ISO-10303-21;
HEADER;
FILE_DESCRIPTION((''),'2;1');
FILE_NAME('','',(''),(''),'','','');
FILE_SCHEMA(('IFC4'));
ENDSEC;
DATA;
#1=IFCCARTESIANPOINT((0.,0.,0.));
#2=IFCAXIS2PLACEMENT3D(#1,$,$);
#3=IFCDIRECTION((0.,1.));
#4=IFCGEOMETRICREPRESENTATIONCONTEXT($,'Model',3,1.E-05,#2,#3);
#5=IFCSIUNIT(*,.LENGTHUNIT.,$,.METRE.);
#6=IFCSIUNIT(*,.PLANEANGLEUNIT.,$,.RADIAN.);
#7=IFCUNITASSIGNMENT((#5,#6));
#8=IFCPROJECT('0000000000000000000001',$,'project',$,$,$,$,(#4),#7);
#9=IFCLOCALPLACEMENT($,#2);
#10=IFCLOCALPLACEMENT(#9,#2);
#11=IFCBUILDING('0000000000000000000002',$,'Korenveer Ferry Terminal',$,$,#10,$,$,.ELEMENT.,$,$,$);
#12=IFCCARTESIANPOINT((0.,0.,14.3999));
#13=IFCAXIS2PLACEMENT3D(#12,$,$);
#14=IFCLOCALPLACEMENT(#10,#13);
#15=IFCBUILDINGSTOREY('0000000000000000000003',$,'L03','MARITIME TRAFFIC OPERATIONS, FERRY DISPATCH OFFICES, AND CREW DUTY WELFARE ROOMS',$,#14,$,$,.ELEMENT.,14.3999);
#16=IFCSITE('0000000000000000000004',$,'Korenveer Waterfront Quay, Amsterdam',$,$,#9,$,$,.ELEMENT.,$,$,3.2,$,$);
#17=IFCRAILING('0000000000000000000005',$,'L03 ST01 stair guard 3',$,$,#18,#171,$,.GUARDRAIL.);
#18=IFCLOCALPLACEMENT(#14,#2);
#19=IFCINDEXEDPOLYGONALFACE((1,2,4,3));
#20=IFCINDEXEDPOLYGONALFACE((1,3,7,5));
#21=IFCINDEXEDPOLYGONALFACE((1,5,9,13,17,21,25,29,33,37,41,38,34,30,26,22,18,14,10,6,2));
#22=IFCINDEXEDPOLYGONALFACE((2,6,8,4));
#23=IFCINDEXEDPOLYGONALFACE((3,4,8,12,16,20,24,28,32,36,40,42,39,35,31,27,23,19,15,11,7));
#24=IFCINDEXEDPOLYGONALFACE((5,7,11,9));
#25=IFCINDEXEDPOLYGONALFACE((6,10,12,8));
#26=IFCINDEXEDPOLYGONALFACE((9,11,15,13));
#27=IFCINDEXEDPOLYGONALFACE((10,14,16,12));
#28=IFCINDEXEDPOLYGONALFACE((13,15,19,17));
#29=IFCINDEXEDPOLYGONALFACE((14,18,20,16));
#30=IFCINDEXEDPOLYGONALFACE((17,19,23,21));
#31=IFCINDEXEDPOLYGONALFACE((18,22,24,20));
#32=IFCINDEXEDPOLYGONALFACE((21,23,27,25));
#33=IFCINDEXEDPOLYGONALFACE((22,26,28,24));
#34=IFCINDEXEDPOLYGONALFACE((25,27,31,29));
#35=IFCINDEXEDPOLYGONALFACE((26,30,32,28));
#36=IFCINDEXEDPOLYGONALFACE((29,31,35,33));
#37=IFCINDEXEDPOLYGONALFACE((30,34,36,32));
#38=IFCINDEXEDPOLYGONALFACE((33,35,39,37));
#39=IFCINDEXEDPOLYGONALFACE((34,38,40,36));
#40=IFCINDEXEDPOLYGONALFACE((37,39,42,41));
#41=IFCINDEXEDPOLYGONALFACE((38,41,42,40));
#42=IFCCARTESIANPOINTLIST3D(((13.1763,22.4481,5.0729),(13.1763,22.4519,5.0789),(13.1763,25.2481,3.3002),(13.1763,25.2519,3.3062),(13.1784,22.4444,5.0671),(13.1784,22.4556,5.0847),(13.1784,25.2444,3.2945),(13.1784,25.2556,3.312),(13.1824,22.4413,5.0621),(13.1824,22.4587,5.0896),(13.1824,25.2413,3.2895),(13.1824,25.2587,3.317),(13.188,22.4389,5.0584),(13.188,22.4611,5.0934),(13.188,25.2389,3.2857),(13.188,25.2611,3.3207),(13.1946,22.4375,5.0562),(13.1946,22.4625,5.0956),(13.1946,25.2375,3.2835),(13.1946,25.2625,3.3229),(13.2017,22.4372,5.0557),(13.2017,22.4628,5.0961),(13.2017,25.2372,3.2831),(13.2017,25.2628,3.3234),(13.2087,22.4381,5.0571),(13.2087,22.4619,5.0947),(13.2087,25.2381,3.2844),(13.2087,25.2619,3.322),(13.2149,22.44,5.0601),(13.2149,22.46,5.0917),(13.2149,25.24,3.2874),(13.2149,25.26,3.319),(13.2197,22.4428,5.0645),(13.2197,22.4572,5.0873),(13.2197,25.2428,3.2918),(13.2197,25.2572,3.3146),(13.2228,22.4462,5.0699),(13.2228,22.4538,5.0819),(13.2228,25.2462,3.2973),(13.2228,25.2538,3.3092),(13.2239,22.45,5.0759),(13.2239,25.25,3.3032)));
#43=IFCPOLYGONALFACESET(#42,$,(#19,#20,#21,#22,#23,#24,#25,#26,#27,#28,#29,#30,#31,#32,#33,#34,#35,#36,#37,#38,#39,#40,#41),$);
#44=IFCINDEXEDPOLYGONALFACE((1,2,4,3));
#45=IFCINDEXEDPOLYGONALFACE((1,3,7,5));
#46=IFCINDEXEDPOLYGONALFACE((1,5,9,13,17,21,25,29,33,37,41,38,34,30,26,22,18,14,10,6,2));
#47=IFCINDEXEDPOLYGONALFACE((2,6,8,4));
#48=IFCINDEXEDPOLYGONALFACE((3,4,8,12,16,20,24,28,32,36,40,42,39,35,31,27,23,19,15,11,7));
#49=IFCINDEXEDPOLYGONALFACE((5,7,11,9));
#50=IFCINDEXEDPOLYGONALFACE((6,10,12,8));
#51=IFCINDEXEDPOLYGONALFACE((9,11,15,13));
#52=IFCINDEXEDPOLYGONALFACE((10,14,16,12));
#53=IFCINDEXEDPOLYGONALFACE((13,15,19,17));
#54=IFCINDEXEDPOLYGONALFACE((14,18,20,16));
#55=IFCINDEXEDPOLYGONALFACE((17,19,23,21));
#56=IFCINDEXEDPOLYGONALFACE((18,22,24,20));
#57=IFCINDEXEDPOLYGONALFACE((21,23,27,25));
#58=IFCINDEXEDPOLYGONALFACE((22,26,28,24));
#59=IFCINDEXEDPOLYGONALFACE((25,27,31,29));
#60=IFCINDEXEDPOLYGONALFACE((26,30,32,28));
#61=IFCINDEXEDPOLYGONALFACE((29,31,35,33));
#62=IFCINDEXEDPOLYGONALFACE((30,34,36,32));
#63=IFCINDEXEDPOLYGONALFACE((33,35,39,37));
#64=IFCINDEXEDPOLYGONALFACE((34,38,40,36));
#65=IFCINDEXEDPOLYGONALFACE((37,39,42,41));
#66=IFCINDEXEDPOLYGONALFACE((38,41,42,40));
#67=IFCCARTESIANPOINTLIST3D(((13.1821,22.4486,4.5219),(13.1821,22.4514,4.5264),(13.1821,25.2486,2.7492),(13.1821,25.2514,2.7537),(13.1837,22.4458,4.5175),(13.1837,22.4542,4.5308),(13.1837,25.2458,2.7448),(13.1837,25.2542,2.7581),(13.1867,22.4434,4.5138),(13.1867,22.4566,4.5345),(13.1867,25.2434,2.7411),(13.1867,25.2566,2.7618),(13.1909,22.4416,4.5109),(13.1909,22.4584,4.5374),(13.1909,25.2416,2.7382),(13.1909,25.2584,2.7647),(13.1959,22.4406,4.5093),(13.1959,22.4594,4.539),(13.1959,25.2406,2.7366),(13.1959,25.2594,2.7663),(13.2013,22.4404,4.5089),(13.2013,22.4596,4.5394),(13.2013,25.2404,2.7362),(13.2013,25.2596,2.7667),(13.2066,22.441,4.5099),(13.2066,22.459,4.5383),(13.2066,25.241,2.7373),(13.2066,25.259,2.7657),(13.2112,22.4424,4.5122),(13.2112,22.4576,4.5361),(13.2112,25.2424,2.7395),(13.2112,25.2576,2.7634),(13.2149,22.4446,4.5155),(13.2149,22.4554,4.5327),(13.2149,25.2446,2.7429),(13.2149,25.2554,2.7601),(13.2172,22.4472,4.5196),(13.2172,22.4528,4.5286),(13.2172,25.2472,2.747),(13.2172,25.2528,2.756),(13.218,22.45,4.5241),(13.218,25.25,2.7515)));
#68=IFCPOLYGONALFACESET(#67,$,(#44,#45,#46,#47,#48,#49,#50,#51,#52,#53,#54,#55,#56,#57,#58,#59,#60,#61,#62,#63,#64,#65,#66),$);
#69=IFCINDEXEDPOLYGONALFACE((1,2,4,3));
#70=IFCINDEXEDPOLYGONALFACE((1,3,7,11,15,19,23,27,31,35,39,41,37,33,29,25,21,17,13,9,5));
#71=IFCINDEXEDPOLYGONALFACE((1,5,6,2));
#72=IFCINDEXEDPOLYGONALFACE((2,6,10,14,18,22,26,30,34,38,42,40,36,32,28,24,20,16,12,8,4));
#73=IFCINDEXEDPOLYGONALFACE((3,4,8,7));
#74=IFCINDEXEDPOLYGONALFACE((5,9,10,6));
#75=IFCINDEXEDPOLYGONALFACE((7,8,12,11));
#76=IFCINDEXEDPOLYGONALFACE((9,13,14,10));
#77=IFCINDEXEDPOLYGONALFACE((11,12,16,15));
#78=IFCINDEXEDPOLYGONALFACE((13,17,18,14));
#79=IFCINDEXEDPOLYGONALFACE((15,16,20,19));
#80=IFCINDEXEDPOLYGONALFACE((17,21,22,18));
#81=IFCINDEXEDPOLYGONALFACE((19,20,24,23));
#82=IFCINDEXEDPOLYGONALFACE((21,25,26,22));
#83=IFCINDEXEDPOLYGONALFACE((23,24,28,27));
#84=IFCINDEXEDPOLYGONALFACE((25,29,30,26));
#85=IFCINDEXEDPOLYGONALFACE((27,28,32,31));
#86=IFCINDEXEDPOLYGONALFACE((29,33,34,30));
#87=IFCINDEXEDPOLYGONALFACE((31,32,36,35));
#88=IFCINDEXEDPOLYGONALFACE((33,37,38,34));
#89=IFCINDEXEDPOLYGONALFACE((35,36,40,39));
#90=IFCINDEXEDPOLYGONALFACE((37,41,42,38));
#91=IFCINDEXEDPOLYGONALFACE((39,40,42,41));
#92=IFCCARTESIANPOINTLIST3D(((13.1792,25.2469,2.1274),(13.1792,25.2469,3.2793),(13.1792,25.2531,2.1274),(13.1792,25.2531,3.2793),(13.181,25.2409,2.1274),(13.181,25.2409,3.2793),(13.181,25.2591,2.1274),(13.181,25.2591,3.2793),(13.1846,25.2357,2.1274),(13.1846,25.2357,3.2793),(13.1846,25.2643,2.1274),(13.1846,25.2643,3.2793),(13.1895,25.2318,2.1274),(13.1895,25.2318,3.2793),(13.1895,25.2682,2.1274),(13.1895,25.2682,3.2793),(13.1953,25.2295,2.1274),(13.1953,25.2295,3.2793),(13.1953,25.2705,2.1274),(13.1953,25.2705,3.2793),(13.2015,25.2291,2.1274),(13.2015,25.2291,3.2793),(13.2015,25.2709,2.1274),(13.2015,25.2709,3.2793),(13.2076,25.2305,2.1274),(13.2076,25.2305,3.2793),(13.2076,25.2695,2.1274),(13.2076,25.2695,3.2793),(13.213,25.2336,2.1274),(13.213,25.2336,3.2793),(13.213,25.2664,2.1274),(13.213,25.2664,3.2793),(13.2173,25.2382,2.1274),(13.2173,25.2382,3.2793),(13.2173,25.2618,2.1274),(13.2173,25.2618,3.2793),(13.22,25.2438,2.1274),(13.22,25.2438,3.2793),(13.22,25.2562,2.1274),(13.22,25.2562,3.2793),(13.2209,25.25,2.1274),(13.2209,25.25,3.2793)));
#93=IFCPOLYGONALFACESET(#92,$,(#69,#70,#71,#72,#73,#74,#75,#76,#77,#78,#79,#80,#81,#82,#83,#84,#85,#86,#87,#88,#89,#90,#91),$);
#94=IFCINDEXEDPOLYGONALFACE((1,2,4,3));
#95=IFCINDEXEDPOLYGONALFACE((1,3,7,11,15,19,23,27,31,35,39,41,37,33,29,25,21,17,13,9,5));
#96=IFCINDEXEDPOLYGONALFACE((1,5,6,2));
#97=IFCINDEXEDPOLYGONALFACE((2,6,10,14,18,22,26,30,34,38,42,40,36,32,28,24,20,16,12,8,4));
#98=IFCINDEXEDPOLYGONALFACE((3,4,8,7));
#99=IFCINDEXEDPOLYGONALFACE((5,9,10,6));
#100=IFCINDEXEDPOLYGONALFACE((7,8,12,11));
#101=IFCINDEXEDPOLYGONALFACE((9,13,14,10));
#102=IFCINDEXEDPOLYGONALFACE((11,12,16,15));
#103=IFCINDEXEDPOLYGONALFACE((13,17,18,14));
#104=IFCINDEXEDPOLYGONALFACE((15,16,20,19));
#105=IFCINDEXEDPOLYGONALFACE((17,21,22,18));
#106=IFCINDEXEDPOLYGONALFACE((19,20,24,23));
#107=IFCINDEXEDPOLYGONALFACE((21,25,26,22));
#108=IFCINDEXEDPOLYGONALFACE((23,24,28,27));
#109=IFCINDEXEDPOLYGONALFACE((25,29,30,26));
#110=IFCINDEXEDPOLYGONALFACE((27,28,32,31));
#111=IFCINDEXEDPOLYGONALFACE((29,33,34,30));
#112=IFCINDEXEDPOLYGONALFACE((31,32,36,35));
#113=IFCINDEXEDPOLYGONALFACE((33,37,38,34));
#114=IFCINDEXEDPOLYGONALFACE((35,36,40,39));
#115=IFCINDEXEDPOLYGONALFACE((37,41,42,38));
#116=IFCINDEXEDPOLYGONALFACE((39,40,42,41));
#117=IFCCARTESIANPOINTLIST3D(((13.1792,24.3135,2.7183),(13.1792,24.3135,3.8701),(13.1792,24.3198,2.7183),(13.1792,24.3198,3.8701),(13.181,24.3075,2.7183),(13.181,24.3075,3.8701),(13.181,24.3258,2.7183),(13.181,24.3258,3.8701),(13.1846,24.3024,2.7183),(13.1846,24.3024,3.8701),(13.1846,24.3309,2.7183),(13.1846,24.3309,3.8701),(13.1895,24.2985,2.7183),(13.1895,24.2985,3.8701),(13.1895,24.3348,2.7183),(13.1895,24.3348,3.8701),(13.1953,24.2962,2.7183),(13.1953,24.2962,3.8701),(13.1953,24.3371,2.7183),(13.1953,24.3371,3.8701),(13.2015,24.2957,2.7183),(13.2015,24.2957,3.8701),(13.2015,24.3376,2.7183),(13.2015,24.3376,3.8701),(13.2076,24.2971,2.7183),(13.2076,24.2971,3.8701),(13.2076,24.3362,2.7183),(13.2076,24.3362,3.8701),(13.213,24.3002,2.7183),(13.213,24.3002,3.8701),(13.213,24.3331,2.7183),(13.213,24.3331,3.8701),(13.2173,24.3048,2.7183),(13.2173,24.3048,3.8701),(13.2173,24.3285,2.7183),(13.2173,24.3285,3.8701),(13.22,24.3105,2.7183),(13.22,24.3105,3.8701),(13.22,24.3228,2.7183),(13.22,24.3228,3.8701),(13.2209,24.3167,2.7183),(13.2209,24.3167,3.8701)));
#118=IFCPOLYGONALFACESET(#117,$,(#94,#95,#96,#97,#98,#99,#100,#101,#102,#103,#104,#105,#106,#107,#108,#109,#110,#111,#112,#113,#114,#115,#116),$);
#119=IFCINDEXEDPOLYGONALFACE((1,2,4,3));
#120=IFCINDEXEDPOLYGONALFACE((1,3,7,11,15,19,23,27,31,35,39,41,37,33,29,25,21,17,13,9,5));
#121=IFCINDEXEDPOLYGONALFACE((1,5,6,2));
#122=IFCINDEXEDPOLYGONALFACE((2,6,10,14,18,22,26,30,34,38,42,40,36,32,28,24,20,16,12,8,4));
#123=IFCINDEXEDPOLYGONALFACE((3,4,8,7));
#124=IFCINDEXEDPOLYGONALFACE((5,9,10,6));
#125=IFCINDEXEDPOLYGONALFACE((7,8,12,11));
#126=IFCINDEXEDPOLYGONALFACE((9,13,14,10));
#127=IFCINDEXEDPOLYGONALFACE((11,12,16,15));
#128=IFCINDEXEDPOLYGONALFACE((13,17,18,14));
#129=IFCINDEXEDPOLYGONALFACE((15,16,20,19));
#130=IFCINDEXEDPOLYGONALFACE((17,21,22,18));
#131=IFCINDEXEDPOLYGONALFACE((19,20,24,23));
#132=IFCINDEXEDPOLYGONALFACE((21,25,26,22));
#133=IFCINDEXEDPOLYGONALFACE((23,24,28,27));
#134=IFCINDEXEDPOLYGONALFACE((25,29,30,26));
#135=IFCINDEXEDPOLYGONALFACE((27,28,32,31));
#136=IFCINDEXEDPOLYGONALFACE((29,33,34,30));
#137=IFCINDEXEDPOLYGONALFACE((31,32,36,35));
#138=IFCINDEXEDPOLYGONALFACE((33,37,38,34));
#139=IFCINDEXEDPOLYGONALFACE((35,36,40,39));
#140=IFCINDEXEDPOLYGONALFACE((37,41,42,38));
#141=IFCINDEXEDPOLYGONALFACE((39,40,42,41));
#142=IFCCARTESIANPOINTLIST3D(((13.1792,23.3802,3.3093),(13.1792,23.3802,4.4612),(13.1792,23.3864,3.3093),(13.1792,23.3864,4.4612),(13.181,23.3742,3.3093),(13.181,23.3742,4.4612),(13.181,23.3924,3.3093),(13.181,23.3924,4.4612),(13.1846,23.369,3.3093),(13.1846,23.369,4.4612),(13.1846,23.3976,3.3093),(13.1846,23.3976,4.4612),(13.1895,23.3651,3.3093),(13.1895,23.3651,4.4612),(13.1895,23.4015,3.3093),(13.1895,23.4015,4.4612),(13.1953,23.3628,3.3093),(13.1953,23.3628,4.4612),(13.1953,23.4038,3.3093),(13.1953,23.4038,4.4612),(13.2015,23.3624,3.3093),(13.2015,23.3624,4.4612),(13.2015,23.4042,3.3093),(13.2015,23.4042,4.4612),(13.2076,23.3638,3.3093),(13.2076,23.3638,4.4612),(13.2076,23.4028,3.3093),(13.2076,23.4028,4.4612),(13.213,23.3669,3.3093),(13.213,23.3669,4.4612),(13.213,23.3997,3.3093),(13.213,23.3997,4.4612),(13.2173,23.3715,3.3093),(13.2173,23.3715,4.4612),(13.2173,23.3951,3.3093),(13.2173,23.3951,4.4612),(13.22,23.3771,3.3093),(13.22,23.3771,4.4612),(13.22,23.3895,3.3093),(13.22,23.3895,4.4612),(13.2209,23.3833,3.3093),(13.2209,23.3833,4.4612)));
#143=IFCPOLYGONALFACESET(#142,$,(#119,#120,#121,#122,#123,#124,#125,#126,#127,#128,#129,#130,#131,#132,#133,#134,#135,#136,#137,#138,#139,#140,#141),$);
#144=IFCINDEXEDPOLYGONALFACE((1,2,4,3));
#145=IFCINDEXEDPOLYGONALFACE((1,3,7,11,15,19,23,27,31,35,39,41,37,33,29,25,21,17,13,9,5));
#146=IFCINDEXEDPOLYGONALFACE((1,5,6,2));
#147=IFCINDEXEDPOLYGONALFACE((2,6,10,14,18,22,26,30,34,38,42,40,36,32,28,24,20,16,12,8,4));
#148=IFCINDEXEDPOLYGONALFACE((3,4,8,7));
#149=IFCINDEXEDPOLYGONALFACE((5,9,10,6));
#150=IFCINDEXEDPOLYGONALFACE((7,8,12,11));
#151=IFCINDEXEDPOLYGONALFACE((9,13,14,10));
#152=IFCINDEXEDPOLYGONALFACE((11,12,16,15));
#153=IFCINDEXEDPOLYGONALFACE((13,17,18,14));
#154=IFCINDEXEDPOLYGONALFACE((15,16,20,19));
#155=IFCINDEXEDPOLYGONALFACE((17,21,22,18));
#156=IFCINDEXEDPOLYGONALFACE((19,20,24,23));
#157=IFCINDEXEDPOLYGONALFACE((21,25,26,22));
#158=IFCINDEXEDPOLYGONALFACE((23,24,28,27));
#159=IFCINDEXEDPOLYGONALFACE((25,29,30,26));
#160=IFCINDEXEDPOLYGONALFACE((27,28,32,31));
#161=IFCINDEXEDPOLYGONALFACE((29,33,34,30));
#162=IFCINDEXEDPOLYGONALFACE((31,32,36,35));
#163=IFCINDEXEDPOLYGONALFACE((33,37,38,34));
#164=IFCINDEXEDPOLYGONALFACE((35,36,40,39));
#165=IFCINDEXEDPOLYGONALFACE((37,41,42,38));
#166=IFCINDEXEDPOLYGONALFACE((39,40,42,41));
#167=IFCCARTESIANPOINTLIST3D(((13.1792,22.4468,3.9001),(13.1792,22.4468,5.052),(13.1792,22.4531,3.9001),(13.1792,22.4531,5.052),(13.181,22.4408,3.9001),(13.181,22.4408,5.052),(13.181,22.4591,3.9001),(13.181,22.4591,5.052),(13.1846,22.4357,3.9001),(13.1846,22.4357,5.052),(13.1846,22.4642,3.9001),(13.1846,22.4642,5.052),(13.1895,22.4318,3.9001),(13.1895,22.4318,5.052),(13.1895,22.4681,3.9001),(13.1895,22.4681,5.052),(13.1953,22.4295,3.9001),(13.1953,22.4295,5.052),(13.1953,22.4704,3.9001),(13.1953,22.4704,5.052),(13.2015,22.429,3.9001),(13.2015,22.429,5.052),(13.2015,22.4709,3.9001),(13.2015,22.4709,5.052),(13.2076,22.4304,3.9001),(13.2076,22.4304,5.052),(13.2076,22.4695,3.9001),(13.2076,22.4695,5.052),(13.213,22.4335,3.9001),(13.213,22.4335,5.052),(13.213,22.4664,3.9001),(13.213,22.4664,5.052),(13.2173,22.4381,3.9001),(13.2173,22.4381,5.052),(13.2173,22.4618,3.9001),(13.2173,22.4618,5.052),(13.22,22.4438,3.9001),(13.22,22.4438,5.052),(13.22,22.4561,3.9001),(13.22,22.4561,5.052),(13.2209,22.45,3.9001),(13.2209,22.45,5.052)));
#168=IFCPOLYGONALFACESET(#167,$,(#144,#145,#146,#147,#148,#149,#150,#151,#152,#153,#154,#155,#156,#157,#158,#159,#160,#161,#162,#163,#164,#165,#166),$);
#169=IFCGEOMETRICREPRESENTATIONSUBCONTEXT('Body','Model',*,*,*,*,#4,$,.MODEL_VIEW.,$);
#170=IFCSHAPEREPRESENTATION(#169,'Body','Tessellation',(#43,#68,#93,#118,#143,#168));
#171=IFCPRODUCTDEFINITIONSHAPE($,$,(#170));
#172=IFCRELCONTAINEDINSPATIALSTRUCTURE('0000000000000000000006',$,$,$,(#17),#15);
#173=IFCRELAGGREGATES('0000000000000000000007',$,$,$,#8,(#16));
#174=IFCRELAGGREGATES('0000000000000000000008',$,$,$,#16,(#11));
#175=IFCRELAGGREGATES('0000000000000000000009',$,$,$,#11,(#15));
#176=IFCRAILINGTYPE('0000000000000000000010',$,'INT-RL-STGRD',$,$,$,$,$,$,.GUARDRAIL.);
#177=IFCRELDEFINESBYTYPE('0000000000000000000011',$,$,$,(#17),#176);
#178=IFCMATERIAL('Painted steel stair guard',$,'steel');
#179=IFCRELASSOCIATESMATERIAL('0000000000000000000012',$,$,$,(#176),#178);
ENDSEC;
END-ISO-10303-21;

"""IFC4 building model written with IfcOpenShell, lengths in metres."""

from ifc_helpers import new_model, si_unit, direction, frame, origin, origin_2d, place, context, subcontext, project, spatial, circle, extrude, material, type_object, element, save


model = new_model("IFC4")

# Units and contexts
model_context = context("Model", 3, precision=1e-05, world=origin(), true_north=direction((0.0, 1.0)))
body_context = subcontext(model_context, "Body", "Model", "MODEL_VIEW")
ifc_project = project(units=[si_unit("LENGTHUNIT", "METRE"), si_unit("PLANEANGLEUNIT", "RADIAN")], contexts=[model_context])

# Site, building, storey
site_placement = place(None, origin())
site = spatial("IfcSite", under=ifc_project, at=site_placement, Name="Korenveer Waterfront Quay, Amsterdam", CompositionType="ELEMENT", RefElevation=3.2)
building_placement = place(site_placement, origin())
building = spatial("IfcBuilding", under=site, at=building_placement, Name="Korenveer Ferry Terminal", CompositionType="ELEMENT")
storey_placement = place(building_placement, frame((0.0, 0.0, 14.3999)))
storey = spatial("IfcBuildingStorey", under=building, at=storey_placement, Name="L03", Description="MARITIME TRAFFIC OPERATIONS, FERRY DISPATCH OFFICES, AND CREW DUTY WELFARE ROOMS", CompositionType="ELEMENT", Elevation=14.3999)

# Railing
ifc_material_1 = material(Name="Painted steel stair guard", Category="steel")
railing_type_1 = type_object("IfcRailingType", Name="INT-RL-STGRD", PredefinedType="GUARDRAIL", material=ifc_material_1)
railing_1_placement = place(storey_placement, frame((13.2, 25.25, 2.1274)))
element("IfcRailing", 1, at=railing_1_placement, inside=storey, type_object=railing_type_1, Name="L03 ST01 stair guard 3", PredefinedType="GUARDRAIL", context=body_context, shape_type="SweptSolid", body=[
    extrude(circle(Radius=0.0239, at=origin_2d()), frame((0.0, 0.0, 1.1758), z_axis=(0.0, -0.844909, 0.53491), x_axis=(1.0, 0.0, 0.0)), (0.0, 0.0, 1.0), 3.314),
    extrude(circle(Radius=0.0181, at=origin_2d()), frame((0.0, 0.0, 0.624), z_axis=(0.0, -0.844909, 0.53491), x_axis=(1.0, 0.0, 0.0)), (0.0, 0.0, 1.0), 3.314),
    extrude(circle(Radius=0.021, at=origin_2d()), origin(), (0.0, 0.0, 1.0), 1.1519),
    extrude(circle(Radius=0.021, at=origin_2d()), frame((0.0, -0.9333, 0.5908)), (0.0, 0.0, 1.0), 1.1519),
    extrude(circle(Radius=0.021, at=origin_2d()), frame((0.0, -1.8667, 1.1819)), (0.0, 0.0, 1.0), 1.1519),
    extrude(circle(Radius=0.021, at=origin_2d()), frame((0.0, -2.8, 1.7727)), (0.0, 0.0, 1.0), 1.1519),
])

save(model, "model.ifc")
